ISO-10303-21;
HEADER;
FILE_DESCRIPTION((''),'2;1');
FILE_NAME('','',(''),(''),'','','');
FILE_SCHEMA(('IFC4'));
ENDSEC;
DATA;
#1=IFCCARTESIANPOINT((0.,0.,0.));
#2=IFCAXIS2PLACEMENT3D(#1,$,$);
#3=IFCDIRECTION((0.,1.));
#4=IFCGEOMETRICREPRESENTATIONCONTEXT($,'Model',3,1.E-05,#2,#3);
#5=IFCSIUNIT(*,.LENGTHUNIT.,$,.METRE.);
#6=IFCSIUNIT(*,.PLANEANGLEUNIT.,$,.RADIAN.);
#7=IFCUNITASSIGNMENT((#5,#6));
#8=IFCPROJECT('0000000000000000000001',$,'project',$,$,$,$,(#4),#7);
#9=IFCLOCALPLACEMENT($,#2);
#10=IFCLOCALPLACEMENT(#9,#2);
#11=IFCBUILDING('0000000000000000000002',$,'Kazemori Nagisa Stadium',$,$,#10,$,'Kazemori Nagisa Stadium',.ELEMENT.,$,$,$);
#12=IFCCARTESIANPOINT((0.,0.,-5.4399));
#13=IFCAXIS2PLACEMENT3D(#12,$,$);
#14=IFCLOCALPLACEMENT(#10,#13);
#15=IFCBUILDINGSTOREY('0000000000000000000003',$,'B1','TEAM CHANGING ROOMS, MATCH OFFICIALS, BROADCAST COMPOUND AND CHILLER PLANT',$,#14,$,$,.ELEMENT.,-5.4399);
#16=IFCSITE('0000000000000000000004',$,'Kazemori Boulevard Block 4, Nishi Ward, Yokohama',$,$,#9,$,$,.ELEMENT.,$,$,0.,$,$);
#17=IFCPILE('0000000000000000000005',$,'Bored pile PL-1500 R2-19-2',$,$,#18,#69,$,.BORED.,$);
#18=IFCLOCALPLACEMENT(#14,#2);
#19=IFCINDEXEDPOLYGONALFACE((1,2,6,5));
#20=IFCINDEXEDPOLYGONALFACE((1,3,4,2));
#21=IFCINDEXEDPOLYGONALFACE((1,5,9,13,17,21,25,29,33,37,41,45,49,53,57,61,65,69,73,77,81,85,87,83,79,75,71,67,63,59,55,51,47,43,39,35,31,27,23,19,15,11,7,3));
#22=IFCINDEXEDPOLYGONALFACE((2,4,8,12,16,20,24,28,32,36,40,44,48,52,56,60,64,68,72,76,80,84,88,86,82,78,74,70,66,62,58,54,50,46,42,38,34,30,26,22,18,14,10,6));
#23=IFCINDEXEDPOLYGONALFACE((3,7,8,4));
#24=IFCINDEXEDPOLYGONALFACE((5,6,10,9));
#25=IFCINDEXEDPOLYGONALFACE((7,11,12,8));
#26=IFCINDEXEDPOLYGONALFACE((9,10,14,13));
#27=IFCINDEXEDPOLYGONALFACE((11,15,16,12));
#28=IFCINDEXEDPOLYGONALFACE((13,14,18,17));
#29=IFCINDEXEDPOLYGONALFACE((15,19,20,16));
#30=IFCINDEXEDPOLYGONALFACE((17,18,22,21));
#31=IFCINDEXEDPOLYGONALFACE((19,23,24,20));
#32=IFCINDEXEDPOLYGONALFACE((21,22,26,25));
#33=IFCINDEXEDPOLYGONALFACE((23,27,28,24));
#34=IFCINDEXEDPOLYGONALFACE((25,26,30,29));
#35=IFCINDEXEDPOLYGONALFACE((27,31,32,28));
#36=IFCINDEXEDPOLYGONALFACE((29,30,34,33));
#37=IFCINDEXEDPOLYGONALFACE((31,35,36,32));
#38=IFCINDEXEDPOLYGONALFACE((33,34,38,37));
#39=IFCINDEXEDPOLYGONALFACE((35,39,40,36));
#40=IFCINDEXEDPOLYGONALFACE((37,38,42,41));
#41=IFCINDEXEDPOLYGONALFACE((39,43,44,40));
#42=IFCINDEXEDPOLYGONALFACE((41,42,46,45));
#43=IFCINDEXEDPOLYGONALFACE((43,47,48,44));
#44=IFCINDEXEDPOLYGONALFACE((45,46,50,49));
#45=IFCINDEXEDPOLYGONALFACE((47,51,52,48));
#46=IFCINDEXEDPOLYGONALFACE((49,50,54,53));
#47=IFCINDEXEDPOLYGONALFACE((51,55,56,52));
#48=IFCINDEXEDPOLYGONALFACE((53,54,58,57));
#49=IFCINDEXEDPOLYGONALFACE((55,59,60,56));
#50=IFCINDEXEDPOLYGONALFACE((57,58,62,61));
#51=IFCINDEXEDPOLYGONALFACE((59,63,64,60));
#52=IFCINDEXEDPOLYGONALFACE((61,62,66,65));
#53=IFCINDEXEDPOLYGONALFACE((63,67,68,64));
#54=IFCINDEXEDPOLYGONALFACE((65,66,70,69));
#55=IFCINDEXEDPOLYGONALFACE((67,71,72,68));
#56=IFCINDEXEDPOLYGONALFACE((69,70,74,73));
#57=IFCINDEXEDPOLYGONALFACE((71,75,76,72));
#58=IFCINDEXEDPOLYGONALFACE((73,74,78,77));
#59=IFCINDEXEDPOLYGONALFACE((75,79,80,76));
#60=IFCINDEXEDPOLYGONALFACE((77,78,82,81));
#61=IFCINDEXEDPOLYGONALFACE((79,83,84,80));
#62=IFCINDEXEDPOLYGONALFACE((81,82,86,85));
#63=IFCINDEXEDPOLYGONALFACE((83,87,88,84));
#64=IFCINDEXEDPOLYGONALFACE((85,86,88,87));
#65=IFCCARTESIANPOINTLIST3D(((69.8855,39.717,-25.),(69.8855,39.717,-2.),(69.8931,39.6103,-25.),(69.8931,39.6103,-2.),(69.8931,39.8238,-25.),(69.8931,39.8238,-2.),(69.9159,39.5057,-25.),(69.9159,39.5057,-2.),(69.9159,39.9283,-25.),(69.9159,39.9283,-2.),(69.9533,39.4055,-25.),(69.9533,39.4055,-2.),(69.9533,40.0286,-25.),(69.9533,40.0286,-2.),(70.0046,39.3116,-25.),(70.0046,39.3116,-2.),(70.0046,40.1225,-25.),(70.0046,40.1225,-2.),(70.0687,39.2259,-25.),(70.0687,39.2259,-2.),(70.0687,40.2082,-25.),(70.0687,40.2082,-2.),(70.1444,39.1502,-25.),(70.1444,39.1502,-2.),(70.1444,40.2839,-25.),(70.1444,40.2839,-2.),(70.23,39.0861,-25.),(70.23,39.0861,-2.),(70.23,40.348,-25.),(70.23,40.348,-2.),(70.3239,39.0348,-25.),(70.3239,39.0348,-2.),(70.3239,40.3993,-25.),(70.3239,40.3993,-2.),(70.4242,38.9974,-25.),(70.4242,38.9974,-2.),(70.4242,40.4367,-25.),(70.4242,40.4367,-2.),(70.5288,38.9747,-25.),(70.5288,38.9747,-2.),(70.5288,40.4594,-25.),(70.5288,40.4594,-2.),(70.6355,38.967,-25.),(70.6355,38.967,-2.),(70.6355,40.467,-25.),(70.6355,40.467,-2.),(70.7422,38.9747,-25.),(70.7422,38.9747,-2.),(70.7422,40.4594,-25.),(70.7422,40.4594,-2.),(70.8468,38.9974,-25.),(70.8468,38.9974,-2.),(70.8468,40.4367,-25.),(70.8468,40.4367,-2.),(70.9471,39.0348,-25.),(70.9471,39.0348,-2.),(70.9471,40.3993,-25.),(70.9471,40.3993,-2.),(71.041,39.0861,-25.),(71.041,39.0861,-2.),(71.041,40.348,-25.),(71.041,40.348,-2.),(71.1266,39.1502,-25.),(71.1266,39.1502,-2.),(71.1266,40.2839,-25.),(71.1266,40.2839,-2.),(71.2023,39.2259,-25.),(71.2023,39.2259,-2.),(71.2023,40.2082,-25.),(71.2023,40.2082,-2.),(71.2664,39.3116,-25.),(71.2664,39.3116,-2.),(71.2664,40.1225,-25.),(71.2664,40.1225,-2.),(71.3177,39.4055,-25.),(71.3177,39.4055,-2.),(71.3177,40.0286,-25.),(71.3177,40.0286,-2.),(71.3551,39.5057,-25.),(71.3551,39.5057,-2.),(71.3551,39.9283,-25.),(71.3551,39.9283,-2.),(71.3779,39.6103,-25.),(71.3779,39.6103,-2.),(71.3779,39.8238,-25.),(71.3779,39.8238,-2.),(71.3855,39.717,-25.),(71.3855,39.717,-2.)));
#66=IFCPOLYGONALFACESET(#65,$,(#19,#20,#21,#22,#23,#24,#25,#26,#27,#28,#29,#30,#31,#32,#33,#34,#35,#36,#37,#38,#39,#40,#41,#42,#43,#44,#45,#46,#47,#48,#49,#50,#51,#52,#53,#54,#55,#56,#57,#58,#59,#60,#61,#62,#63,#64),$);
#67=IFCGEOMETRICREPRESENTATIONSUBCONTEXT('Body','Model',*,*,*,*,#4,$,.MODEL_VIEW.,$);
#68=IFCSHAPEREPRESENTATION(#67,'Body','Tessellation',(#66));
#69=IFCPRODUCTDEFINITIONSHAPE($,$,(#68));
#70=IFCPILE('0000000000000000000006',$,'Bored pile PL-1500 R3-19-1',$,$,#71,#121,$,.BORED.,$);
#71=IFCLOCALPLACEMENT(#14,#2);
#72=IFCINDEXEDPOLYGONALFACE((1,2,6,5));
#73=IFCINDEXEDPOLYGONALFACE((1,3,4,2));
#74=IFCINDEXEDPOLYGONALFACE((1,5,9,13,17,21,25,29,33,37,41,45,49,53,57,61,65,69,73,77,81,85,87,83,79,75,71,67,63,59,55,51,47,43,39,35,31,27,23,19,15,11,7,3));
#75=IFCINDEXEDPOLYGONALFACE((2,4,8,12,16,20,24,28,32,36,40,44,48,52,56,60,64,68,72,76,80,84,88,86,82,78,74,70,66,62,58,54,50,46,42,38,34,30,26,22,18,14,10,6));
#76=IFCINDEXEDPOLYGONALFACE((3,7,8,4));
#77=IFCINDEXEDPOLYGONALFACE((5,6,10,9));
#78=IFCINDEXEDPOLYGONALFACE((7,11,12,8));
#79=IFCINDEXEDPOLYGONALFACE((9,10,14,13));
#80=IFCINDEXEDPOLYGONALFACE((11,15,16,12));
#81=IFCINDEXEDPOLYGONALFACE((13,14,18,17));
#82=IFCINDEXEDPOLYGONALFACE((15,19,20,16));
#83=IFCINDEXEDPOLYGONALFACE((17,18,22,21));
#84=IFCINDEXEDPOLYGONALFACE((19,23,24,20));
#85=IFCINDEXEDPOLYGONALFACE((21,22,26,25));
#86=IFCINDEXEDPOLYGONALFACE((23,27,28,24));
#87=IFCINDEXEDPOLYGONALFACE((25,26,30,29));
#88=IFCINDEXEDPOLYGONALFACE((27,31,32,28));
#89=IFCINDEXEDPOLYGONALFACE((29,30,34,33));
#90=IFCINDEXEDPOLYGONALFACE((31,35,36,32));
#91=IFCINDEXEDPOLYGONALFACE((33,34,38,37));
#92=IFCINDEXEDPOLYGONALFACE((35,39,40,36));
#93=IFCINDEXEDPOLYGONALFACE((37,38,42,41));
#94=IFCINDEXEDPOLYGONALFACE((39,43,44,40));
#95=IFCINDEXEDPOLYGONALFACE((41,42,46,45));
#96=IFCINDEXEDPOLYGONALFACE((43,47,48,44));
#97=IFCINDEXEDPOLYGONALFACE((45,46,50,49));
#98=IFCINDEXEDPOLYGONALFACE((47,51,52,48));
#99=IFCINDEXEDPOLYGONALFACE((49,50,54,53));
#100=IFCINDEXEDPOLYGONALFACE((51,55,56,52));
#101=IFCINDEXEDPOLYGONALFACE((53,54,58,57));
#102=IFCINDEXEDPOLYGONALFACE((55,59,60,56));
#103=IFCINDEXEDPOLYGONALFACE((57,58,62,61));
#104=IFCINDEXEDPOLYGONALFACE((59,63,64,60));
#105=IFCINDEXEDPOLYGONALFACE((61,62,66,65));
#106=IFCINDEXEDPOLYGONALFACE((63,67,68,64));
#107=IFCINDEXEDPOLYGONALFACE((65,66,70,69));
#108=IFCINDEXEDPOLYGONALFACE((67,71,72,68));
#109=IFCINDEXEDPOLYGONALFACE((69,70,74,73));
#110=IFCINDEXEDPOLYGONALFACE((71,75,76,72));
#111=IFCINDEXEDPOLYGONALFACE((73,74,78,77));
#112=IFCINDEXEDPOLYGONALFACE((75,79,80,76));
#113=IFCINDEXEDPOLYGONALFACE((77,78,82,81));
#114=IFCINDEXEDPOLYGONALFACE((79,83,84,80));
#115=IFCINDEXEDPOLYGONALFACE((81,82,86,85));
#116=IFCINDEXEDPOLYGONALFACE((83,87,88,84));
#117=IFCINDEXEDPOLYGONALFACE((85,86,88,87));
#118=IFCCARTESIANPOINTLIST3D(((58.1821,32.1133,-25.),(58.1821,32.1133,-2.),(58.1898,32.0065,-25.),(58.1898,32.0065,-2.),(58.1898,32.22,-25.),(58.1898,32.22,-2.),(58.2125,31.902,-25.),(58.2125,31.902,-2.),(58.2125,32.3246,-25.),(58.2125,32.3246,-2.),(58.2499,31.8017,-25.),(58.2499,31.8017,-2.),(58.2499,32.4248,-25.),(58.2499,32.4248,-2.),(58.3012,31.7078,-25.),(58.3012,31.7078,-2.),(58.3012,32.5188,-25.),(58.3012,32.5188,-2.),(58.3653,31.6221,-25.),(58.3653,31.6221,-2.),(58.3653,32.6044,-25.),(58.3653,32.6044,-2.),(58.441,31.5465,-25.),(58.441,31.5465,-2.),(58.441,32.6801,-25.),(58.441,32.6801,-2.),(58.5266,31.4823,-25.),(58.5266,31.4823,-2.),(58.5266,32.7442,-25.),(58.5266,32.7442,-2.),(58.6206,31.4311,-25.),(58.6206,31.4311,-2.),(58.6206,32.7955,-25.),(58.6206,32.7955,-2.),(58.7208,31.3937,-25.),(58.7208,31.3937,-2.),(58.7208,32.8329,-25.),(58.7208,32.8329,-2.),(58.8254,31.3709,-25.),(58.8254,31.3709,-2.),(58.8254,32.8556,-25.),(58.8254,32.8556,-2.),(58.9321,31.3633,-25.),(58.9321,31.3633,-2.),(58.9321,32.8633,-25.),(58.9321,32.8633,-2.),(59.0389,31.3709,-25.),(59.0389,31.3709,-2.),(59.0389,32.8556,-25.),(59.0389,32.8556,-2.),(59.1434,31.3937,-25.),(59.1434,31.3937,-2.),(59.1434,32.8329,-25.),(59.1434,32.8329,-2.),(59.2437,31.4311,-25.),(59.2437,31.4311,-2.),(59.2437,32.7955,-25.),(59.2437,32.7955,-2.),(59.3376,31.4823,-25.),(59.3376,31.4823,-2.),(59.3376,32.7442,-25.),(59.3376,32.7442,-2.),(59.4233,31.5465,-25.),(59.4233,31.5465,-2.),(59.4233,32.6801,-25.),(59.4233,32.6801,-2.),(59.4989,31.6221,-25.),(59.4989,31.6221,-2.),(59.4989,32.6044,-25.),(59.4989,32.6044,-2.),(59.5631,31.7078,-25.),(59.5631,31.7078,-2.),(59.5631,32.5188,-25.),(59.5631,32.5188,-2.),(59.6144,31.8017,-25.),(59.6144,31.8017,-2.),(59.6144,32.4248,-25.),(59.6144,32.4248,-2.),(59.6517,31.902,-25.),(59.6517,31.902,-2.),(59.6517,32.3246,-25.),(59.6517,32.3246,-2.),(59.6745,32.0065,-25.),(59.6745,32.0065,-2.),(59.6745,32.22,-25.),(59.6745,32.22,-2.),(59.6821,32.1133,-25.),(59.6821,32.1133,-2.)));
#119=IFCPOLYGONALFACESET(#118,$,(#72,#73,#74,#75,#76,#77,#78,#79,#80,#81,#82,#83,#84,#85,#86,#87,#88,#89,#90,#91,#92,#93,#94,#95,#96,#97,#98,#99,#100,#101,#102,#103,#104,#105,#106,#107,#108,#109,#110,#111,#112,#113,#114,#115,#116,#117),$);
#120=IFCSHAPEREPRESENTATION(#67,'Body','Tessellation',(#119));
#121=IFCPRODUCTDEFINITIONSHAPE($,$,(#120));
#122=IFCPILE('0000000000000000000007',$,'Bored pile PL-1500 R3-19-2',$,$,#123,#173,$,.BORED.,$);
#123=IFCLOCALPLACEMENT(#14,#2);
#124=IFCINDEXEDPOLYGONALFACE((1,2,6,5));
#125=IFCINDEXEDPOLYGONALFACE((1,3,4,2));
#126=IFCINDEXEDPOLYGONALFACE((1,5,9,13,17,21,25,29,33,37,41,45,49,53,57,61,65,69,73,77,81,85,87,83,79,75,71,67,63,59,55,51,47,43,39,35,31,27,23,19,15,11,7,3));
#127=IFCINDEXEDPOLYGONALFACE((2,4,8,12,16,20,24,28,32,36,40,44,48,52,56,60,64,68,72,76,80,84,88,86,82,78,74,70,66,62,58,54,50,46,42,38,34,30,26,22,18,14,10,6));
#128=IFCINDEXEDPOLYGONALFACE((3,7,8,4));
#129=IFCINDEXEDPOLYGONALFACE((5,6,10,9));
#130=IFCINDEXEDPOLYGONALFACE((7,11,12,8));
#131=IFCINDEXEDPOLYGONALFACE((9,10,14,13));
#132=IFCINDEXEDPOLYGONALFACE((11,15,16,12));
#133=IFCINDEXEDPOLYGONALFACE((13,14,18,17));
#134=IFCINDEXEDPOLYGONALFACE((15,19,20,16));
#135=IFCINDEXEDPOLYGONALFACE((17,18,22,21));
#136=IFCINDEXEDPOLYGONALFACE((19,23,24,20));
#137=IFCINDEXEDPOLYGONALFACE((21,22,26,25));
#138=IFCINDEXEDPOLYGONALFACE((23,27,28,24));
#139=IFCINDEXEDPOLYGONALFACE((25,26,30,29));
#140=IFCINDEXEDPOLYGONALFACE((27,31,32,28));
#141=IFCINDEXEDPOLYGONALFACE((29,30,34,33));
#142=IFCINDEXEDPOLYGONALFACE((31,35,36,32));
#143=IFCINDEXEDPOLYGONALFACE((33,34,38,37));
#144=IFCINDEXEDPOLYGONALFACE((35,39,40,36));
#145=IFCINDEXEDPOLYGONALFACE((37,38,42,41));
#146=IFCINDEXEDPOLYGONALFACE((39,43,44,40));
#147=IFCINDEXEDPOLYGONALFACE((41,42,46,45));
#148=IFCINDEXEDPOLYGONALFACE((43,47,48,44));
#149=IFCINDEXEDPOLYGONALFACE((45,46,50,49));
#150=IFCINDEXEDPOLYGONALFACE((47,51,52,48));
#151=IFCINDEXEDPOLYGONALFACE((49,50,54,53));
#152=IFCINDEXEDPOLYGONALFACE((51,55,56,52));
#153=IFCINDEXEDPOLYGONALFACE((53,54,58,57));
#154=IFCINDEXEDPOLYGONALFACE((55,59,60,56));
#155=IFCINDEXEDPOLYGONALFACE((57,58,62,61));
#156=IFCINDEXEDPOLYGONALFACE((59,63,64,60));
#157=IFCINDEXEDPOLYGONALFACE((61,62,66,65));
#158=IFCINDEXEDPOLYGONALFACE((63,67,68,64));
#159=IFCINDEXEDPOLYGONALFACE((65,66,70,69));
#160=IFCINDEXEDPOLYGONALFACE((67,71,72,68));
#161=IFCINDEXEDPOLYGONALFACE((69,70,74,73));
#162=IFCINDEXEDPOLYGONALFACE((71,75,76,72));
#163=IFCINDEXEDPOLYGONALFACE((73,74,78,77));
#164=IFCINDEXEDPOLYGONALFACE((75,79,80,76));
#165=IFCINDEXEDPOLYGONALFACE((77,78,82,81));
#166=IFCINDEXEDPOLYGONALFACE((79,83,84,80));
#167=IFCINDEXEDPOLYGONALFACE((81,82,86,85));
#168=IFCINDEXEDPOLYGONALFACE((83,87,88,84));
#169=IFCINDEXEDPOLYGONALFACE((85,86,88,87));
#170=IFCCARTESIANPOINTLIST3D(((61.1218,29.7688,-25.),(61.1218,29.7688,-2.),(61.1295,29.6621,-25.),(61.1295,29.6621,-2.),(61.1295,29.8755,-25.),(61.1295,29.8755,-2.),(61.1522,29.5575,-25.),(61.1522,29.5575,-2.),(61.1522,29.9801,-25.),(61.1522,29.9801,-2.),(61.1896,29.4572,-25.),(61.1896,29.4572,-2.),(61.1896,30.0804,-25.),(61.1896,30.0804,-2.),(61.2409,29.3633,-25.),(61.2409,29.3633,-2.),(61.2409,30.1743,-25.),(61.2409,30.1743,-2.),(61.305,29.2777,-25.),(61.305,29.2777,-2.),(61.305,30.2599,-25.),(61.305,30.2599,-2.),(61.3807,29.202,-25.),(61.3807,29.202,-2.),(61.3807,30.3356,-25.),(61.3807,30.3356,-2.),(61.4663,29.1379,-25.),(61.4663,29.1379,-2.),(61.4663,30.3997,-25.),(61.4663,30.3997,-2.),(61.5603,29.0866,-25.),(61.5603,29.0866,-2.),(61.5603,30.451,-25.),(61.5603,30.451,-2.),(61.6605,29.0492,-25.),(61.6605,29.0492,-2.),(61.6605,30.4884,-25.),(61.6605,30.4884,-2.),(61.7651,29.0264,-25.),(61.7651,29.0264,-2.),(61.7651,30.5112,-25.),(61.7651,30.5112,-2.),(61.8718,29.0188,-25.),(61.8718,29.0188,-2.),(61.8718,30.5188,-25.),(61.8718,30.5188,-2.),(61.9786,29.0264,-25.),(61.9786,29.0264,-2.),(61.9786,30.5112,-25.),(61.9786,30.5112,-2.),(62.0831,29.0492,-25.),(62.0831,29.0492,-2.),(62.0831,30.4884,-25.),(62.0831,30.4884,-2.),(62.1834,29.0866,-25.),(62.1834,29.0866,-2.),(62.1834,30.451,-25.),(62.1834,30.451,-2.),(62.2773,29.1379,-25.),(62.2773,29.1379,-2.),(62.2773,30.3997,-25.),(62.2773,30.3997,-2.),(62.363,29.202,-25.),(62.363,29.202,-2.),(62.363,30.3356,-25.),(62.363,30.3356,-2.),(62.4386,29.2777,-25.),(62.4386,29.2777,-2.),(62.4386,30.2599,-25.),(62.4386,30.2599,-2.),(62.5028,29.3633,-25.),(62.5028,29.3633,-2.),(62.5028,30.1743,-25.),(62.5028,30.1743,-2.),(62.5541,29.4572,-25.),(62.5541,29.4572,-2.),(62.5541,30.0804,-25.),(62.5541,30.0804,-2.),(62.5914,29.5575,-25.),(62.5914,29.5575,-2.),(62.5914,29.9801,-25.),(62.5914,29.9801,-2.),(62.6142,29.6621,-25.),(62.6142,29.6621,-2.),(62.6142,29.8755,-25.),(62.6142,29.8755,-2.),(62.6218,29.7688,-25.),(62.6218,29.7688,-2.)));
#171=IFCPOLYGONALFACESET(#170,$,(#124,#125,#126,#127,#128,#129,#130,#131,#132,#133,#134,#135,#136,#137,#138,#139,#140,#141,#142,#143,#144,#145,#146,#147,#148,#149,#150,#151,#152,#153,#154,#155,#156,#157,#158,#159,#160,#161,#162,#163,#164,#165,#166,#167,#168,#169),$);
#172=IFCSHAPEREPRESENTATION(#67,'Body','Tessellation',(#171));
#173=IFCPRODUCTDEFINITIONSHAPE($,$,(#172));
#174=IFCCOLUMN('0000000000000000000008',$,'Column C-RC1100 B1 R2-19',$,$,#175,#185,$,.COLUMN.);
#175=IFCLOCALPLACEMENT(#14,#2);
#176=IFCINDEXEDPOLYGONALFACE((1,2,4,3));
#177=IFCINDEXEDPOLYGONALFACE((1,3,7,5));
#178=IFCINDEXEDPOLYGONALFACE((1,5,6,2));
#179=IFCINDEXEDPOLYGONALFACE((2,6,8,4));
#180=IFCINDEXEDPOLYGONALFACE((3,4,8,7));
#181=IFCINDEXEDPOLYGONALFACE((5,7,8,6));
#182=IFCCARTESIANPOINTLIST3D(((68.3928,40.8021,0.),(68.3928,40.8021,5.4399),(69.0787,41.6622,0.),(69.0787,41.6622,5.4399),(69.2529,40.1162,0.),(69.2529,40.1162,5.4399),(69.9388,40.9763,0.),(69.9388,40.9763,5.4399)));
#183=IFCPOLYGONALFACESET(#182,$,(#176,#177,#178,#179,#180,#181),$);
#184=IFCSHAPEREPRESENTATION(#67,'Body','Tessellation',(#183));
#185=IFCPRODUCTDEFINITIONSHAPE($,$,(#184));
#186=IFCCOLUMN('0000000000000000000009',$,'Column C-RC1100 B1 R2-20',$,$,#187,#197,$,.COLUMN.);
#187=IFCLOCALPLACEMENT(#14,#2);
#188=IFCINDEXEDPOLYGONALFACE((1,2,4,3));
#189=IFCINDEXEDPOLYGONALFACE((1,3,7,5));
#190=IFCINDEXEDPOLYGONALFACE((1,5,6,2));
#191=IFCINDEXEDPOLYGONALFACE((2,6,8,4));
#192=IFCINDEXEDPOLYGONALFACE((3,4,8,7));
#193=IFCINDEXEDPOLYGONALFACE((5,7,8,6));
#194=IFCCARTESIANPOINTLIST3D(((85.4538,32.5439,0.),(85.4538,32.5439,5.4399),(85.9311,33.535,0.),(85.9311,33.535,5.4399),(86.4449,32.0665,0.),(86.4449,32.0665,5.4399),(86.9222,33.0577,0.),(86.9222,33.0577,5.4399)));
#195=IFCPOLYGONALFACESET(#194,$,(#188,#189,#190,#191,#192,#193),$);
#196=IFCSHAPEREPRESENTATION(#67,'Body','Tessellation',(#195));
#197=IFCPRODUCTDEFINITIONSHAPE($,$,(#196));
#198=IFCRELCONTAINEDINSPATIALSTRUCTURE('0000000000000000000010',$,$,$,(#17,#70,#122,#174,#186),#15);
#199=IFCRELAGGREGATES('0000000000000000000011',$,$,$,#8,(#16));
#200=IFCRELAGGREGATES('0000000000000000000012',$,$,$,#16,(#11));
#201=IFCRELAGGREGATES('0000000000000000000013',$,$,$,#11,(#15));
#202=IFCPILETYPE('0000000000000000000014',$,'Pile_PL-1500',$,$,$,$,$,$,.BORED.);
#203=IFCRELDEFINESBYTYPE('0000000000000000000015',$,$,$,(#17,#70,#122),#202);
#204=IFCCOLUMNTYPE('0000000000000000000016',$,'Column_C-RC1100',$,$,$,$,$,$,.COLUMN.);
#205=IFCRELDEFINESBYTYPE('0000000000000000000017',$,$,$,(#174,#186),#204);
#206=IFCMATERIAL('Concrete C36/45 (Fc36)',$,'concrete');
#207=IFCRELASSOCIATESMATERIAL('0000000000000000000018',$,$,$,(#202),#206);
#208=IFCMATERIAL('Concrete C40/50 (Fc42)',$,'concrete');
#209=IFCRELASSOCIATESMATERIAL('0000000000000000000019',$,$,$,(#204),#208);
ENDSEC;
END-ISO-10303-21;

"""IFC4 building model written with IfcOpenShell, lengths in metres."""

from ifc_helpers import new_model, si_unit, direction, frame, origin, origin_2d, place, context, subcontext, project, spatial, rectangle, circle, extrude, material, material_profile, profile_set, type_object, element, save


model = new_model("IFC4")

# Units and contexts
model_context = context("Model", 3, precision=1e-05, world=origin(), true_north=direction((0.0, 1.0)))
body_context = subcontext(model_context, "Body", "Model", "MODEL_VIEW")
ifc_project = project(units=[si_unit("LENGTHUNIT", "METRE"), si_unit("PLANEANGLEUNIT", "RADIAN")], contexts=[model_context])

# Site, building, storey
site_placement = place(None, origin())
site = spatial("IfcSite", under=ifc_project, at=site_placement, Name="Kazemori Boulevard Block 4, Nishi Ward, Yokohama", CompositionType="ELEMENT", RefElevation=0.0)
building_placement = place(site_placement, origin())
building = spatial("IfcBuilding", under=site, at=building_placement, Name="Kazemori Nagisa Stadium", LongName="Kazemori Nagisa Stadium", CompositionType="ELEMENT")
storey_placement = place(building_placement, frame((0.0, 0.0, -5.4399)))
storey = spatial("IfcBuildingStorey", under=building, at=storey_placement, Name="B1", Description="TEAM CHANGING ROOMS, MATCH OFFICIALS, BROADCAST COMPOUND AND CHILLER PLANT", CompositionType="ELEMENT", Elevation=-5.4399)

# Shared definitions
ifc_material_1 = material(Name="Concrete C40/50 (Fc42)", Category="concrete")

# Piles
ifc_material_2 = material(Name="Concrete C36/45 (Fc36)", Category="concrete")
ifc_material_profile_1 = material_profile(ifc_material_2, circle(Radius=0.75, at=origin_2d()), Name="PILE-D1500")
ifc_profile_set_1 = profile_set([ifc_material_profile_1], Name="Concrete C36/45 (Fc36)")
pile_type_1 = type_object("IfcPileType", Name="Pile_PL-1500", PredefinedType="BORED", material=ifc_profile_set_1)
for number, where, z_axis, x_axis, name in (
    (1, (70.6355, 39.717, -2.0), (0.0, 0.0, -1.0), (1.0, 0.0, 0.0), "Bored pile PL-1500 R2-19-2"),
    (2, (58.9321, 32.1133, -2.0), (0.0, 0.0, -1.0), (1.0, 0.0, 0.0), "Bored pile PL-1500 R3-19-1"),
    (3, (61.8718, 29.7688, -2.0), (0.0, 0.0, -1.0), (1.0, 0.0, 0.0), "Bored pile PL-1500 R3-19-2"),
):
    element("IfcPile", number, at=place(storey_placement, frame(where, z_axis=z_axis, x_axis=x_axis)), inside=storey, type_object=pile_type_1, Name=name, PredefinedType="BORED", context=body_context, shape_type="SweptSolid", body=[
        extrude(circle(Radius=0.75, at=origin_2d()), origin(), (0.0, 0.0, 1.0), 23.0),
    ])

# Columns
ifc_material_profile_2 = material_profile(ifc_material_1, rectangle(XDim=1.1001, YDim=1.1001, at=origin_2d()), Name="RC-COL-1100x1100")
ifc_profile_set_2 = profile_set([ifc_material_profile_2], Name="Concrete C40/50 (Fc42)")
column_type_1 = type_object("IfcColumnType", Name="Column_C-RC1100", PredefinedType="COLUMN", material=ifc_profile_set_2)
for number, where, z_axis, x_axis, name in (
    (4, (69.1658, 40.8892, 0.0), (0.0, 0.0, 1.0), (-0.62349, -0.781831, 0.0), "Column C-RC1100 B1 R2-19"),
    (5, (86.188, 32.8008, 0.0), (0.0, 0.0, 1.0), (-0.433884, -0.900969, 0.0), "Column C-RC1100 B1 R2-20"),
):
    element("IfcColumn", number, at=place(storey_placement, frame(where, z_axis=z_axis, x_axis=x_axis)), inside=storey, type_object=column_type_1, Name=name, PredefinedType="COLUMN", context=body_context, shape_type="SweptSolid", body=[
        extrude(rectangle(XDim=1.1001, YDim=1.1001, at=origin_2d()), origin(), (0.0, 0.0, 1.0), 5.4399),
    ])

save(model, "model.ifc")
